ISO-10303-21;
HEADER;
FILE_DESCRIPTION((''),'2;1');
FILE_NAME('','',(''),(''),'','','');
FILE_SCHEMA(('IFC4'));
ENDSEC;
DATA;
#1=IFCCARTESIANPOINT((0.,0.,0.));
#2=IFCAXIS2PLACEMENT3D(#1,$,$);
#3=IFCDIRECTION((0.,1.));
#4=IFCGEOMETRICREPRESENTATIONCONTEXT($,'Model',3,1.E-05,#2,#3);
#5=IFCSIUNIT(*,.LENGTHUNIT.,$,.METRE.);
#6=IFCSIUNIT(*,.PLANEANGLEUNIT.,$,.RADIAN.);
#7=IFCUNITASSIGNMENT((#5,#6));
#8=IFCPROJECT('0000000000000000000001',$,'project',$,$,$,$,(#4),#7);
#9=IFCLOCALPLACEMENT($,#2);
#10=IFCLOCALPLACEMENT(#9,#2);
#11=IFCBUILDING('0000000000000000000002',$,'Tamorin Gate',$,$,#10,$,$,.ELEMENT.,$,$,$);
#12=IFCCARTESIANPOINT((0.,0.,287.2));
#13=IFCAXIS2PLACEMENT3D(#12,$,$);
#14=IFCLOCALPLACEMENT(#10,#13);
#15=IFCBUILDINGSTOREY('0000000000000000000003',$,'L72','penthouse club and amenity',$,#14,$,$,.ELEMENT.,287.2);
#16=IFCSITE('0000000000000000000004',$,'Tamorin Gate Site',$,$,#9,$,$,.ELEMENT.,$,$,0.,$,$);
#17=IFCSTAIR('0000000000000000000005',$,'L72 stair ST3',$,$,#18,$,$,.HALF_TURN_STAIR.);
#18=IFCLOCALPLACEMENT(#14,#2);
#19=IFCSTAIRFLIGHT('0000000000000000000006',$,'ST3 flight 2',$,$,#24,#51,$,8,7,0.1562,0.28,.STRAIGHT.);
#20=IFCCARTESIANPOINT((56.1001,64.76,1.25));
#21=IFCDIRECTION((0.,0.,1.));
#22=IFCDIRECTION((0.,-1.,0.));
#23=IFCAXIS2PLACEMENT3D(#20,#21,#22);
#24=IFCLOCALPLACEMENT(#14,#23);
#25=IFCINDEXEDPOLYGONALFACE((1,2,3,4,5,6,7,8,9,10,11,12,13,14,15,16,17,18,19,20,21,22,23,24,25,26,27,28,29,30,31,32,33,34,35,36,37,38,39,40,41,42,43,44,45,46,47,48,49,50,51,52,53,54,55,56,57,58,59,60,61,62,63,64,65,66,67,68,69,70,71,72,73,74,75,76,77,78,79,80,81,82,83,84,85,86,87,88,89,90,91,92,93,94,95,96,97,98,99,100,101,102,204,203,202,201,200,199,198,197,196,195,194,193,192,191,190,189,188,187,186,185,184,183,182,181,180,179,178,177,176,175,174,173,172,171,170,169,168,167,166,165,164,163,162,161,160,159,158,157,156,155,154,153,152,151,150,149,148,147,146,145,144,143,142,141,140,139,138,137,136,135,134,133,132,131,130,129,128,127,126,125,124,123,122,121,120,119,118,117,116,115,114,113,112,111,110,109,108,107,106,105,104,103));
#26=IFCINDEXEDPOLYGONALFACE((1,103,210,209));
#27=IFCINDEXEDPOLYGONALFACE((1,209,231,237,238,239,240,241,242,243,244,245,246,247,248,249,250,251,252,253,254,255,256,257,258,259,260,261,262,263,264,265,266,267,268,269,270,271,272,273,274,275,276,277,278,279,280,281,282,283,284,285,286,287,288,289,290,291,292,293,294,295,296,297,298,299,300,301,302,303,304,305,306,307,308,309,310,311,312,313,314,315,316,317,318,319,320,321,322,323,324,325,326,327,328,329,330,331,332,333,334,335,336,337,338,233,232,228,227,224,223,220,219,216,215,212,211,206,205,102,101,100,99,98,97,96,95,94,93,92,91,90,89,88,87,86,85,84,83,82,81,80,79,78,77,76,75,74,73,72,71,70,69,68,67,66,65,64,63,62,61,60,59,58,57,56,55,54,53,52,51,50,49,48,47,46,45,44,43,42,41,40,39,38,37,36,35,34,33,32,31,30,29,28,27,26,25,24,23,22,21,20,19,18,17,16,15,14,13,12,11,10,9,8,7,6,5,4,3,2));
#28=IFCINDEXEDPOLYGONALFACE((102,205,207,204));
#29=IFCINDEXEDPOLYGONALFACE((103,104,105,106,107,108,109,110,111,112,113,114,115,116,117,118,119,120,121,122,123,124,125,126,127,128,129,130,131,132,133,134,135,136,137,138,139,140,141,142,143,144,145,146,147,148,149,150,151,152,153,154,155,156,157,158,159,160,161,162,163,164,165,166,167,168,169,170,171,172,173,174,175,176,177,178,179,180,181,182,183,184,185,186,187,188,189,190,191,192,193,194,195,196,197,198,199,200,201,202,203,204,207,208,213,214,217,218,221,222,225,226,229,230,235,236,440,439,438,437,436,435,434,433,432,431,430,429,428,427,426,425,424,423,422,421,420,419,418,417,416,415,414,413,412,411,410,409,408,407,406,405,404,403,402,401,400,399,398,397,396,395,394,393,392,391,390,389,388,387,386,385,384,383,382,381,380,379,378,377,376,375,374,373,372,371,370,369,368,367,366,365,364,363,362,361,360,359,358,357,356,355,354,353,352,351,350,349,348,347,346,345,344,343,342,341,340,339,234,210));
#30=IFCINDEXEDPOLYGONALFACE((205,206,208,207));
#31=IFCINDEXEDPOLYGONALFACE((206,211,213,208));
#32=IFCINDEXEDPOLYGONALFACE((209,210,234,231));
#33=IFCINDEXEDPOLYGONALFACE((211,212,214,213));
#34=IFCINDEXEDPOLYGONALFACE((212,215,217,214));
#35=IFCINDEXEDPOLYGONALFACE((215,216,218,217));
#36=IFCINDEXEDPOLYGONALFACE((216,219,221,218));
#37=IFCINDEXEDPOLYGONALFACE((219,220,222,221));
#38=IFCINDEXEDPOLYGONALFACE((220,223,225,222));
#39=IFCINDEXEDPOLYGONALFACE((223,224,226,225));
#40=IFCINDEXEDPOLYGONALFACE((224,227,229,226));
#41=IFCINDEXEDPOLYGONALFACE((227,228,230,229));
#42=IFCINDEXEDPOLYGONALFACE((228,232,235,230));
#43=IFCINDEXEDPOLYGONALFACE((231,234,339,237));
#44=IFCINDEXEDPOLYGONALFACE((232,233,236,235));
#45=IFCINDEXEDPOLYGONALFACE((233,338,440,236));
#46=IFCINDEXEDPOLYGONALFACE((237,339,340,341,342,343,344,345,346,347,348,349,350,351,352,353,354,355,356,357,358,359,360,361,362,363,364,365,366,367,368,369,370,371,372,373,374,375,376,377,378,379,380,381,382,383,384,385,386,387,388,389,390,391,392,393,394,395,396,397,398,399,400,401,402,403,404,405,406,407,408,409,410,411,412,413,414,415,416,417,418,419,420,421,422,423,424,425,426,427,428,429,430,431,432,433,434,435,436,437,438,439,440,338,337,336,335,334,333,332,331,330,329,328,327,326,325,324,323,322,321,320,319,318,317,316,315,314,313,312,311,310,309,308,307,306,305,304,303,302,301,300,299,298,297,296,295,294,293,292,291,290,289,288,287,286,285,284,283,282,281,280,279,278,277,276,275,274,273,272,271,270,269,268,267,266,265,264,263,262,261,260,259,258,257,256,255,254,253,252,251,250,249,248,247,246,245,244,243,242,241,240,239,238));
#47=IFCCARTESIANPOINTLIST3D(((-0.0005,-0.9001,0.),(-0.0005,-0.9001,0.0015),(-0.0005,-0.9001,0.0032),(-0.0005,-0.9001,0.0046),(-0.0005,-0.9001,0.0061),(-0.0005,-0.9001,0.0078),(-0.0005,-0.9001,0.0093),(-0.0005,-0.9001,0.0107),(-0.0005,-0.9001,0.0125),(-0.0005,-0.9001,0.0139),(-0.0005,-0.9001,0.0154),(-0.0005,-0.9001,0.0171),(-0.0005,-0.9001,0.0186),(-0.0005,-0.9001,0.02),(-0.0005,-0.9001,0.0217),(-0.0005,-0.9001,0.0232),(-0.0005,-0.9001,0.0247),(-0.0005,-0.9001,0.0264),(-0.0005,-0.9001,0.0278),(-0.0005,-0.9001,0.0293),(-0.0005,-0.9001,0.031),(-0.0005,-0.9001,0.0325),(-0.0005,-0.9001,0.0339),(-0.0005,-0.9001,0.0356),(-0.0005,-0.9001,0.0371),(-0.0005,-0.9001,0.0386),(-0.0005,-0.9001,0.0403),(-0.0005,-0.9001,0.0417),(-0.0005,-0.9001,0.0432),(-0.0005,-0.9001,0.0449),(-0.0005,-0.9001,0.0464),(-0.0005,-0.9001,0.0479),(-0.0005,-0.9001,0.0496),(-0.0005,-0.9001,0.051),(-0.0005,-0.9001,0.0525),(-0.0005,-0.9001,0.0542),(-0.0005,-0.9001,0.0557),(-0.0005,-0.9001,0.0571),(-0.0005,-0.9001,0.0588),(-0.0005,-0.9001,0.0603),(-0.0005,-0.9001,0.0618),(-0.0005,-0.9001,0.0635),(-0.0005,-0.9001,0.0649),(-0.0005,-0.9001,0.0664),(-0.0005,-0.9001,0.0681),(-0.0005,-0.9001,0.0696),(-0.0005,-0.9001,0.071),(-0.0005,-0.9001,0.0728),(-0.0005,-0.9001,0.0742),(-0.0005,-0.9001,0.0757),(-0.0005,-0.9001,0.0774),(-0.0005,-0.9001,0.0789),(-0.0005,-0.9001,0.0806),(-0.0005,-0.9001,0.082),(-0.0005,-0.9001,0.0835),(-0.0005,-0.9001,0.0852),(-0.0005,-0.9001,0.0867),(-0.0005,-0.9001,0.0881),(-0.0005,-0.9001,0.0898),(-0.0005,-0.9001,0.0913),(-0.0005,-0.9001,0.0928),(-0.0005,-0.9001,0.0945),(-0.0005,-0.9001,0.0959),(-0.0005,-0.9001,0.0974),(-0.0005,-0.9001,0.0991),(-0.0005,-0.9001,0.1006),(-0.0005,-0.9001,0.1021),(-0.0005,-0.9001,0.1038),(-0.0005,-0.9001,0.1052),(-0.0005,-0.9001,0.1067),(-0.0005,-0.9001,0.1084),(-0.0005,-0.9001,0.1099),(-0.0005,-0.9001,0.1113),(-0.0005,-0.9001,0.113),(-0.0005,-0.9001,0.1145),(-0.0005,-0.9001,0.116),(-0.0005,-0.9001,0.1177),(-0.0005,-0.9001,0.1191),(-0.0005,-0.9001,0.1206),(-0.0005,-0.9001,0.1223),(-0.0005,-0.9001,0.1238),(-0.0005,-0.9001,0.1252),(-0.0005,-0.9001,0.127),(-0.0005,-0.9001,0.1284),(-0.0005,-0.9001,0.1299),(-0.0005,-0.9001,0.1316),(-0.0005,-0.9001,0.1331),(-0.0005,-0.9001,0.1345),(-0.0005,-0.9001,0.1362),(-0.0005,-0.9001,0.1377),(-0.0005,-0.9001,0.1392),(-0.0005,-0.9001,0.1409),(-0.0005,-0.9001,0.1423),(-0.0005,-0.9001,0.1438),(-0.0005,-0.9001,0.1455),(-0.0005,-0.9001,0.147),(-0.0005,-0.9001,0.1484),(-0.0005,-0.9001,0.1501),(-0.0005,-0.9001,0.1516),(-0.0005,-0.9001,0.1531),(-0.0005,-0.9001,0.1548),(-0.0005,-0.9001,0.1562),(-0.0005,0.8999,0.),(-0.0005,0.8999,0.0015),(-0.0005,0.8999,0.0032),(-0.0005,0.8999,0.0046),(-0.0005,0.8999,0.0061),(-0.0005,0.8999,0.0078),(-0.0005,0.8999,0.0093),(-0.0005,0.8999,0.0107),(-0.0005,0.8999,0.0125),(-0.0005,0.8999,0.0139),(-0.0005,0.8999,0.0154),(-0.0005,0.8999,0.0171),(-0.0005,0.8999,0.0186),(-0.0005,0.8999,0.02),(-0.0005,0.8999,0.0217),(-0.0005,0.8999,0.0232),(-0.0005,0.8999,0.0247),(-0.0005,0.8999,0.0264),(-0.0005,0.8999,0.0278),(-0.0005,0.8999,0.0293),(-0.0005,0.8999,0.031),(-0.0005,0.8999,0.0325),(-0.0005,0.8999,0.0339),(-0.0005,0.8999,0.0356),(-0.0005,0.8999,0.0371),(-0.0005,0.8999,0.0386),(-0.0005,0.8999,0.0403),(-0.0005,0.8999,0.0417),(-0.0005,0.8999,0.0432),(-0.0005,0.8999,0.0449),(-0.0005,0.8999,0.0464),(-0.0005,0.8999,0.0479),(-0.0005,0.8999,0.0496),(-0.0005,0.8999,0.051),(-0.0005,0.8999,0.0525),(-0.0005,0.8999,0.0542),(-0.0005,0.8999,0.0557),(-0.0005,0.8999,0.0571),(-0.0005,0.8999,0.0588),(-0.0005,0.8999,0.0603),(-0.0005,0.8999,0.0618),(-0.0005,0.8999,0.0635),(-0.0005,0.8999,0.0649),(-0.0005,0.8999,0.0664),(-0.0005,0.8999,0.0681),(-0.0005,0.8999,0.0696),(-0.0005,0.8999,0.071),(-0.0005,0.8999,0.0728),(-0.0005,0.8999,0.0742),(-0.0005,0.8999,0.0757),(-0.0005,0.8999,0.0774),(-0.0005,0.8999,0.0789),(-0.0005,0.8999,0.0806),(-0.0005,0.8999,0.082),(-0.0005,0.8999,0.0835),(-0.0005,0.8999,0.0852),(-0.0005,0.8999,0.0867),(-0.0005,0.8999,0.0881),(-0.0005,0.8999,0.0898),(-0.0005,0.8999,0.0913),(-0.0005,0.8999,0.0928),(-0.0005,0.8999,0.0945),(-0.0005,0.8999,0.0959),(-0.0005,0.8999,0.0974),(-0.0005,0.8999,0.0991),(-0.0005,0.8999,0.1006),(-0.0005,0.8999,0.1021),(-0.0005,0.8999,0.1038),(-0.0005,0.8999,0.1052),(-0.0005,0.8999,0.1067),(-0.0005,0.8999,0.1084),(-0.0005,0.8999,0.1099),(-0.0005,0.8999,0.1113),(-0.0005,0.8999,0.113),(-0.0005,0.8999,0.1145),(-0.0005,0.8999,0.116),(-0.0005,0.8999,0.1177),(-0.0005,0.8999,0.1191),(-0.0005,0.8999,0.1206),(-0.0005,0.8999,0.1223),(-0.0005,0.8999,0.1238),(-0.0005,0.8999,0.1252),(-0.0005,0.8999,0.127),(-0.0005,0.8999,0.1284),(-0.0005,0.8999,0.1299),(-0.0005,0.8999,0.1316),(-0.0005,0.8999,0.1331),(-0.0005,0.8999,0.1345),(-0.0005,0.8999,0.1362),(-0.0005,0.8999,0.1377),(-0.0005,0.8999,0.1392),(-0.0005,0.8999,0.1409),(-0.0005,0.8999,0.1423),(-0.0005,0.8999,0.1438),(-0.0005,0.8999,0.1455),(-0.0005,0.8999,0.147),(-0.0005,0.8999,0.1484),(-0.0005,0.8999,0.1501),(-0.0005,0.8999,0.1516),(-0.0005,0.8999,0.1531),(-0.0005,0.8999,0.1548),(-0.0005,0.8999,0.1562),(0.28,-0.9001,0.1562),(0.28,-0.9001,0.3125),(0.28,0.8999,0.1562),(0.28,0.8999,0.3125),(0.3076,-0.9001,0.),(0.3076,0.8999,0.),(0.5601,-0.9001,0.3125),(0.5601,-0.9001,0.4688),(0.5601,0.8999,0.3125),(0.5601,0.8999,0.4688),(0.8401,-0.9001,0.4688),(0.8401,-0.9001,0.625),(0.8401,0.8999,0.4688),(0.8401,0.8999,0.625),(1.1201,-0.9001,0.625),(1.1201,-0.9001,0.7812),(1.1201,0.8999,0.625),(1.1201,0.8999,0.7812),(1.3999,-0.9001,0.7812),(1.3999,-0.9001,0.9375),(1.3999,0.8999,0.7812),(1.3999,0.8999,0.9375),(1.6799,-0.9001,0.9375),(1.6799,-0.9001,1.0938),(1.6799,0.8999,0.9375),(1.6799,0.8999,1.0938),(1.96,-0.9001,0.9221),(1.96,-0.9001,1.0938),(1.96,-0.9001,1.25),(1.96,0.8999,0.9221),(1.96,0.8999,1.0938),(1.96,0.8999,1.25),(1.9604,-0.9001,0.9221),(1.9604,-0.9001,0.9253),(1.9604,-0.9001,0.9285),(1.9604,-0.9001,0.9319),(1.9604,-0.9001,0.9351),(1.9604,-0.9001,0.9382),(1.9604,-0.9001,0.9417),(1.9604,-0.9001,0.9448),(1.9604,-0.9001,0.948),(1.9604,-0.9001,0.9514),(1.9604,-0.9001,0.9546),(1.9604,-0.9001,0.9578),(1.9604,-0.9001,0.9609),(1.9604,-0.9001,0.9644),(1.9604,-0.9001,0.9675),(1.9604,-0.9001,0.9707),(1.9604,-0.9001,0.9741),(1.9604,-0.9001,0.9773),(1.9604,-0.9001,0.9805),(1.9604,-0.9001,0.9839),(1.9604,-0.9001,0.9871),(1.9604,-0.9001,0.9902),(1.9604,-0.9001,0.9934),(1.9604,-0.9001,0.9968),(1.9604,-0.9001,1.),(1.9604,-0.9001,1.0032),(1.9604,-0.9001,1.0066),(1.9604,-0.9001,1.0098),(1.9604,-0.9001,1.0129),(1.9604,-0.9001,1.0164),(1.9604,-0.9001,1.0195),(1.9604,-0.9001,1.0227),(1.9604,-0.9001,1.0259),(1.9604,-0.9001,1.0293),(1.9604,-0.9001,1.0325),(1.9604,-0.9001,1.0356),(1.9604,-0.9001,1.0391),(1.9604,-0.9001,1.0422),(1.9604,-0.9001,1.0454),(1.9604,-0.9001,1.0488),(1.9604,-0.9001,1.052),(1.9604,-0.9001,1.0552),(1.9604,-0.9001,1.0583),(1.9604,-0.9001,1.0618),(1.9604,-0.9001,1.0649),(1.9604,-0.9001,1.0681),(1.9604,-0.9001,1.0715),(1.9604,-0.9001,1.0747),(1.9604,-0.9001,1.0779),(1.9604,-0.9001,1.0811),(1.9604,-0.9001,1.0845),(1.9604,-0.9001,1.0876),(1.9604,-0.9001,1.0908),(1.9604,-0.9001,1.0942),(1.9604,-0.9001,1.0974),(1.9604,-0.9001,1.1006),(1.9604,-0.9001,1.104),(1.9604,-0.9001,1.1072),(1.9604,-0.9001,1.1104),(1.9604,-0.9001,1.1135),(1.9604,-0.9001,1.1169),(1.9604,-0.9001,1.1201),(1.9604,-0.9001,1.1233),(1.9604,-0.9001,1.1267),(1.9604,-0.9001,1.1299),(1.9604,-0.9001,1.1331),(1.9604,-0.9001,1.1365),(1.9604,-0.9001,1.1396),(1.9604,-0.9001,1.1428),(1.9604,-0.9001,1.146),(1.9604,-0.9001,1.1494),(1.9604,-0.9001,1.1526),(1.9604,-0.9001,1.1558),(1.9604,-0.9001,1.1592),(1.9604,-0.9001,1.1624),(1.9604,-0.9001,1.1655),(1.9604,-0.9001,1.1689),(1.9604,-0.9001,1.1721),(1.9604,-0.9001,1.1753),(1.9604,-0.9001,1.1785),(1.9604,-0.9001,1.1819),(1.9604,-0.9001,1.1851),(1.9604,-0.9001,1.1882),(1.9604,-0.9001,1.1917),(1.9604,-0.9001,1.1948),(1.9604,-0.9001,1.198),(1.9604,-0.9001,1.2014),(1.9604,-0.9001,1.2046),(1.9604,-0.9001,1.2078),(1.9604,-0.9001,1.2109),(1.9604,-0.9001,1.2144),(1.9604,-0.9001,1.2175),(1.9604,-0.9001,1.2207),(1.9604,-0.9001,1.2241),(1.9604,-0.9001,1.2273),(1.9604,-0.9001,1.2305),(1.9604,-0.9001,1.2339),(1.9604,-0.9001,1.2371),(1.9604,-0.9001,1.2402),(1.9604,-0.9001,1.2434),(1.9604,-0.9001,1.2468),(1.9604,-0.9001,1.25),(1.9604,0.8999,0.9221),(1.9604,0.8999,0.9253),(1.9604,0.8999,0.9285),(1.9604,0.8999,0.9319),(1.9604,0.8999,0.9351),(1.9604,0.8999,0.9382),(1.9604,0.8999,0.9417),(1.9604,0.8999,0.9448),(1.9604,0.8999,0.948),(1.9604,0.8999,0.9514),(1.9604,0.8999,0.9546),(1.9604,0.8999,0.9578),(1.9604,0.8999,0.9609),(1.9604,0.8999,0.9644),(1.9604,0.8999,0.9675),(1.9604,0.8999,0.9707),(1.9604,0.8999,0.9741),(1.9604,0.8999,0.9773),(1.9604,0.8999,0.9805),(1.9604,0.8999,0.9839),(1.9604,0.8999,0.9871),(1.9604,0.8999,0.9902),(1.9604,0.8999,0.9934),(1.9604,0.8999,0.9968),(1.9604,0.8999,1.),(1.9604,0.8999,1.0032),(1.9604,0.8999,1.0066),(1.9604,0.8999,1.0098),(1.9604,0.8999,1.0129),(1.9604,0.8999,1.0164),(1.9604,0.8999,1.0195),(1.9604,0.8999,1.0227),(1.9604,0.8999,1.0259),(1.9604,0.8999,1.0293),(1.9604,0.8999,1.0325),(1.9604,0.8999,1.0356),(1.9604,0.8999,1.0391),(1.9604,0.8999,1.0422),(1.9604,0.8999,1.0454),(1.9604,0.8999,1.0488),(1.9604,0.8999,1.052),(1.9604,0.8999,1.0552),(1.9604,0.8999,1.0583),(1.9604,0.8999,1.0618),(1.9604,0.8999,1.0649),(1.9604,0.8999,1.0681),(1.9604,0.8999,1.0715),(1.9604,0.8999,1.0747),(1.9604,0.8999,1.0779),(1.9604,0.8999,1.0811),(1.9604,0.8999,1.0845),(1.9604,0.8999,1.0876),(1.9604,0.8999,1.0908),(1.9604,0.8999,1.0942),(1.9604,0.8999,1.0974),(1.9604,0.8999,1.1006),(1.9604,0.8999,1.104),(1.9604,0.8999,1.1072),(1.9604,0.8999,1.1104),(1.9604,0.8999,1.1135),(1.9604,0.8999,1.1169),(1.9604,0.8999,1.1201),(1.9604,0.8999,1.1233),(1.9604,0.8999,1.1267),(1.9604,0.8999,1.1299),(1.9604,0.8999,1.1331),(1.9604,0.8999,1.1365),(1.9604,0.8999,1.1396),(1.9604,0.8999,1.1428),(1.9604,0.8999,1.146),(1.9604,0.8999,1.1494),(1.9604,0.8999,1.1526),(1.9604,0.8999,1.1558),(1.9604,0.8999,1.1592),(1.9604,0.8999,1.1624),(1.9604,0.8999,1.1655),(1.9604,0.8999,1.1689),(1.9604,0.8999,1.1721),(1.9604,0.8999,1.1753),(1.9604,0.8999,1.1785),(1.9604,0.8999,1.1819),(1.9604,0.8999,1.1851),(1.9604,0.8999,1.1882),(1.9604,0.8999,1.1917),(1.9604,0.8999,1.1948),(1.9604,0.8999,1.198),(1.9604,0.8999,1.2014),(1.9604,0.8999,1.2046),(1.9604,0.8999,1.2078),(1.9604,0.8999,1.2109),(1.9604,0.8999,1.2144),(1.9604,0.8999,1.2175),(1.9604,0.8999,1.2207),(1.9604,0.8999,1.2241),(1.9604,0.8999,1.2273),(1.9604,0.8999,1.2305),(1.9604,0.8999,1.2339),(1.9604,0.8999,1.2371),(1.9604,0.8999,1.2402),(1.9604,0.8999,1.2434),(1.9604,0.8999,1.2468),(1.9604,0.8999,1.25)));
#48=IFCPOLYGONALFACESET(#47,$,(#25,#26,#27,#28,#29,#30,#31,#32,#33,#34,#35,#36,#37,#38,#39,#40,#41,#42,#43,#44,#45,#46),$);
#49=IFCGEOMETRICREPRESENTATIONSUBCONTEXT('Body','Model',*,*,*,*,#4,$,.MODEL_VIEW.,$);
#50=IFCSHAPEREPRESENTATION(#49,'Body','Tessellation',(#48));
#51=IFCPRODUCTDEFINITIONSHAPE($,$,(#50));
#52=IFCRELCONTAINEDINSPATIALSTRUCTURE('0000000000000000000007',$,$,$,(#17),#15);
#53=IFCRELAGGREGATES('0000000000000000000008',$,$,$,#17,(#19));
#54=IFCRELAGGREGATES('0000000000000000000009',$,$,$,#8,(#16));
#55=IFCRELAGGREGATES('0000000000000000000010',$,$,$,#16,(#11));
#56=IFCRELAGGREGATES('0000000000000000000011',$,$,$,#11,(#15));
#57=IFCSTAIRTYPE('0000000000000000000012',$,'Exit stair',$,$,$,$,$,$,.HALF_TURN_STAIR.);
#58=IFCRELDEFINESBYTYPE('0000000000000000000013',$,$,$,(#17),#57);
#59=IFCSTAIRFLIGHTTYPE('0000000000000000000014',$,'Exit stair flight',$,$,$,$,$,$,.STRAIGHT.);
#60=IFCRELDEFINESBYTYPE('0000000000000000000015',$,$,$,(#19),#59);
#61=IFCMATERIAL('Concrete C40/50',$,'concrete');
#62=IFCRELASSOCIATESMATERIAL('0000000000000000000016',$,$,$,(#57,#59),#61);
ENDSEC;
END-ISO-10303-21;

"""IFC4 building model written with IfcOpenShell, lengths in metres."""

from ifc_helpers import new_model, si_unit, direction, frame, origin, place, context, subcontext, project, spatial, polyline, outline, extrude, material, type_object, element, aggregate, save


model = new_model("IFC4")

# Units and contexts
model_context = context("Model", 3, precision=1e-05, world=origin(), true_north=direction((0.0, 1.0)))
body_context = subcontext(model_context, "Body", "Model", "MODEL_VIEW")
ifc_project = project(units=[si_unit("LENGTHUNIT", "METRE"), si_unit("PLANEANGLEUNIT", "RADIAN")], contexts=[model_context])

# Site, building, storey
site_placement = place(None, origin())
site = spatial("IfcSite", under=ifc_project, at=site_placement, Name="Tamorin Gate Site", CompositionType="ELEMENT", RefElevation=0.0)
building_placement = place(site_placement, origin())
building = spatial("IfcBuilding", under=site, at=building_placement, Name="Tamorin Gate", CompositionType="ELEMENT")
storey_placement = place(building_placement, frame((0.0, 0.0, 287.2)))
storey = spatial("IfcBuildingStorey", under=building, at=storey_placement, Name="L72", Description="penthouse club and amenity", CompositionType="ELEMENT", Elevation=287.2)

# Shared definitions
ifc_material_1 = material(Name="Concrete C40/50", Category="concrete")

# Stair, stair flight
stair_type = type_object("IfcStairType", Name="Exit stair", PredefinedType="HALF_TURN_STAIR", material=ifc_material_1)
stair_placement = place(storey_placement, origin())
stair = element("IfcStair", 1, at=stair_placement, inside=storey, type_object=stair_type, Name="L72 stair ST3", PredefinedType="HALF_TURN_STAIR")
stair_flight_type = type_object("IfcStairFlightType", Name="Exit stair flight", PredefinedType="STRAIGHT", material=ifc_material_1)
stair_flight_1_placement = place(storey_placement, frame((56.1001, 64.76, 1.25), z_axis=(0.0, 0.0, 1.0), x_axis=(0.0, -1.0, 0.0)))
stair_flight_1 = element("IfcStairFlight", 2, at=stair_flight_1_placement, type_object=stair_flight_type, Name="ST3 flight 2", NumberOfRisers=8, NumberOfTreads=7, PredefinedType="STRAIGHT", RiserHeight=0.1562, TreadLength=0.28, context=body_context, shape_type="SweptSolid", body=[
    extrude(outline(polyline([(-0.0005, 0.0), (-0.0005, 0.0015), (-0.0005, 0.0032), (-0.0005, 0.0046), (-0.0005, 0.0061), (-0.0005, 0.0078), (-0.0005, 0.0093), (-0.0005, 0.0107), (-0.0005, 0.0125), (-0.0005, 0.0139), (-0.0005, 0.0154), (-0.0005, 0.0171), (-0.0005, 0.0186), (-0.0005, 0.02), (-0.0005, 0.0217), (-0.0005, 0.0232), (-0.0005, 0.0247), (-0.0005, 0.0264), (-0.0005, 0.0278), (-0.0005, 0.0293), (-0.0005, 0.031), (-0.0005, 0.0325), (-0.0005, 0.0339), (-0.0005, 0.0356), (-0.0005, 0.0371), (-0.0005, 0.0386), (-0.0005, 0.0403), (-0.0005, 0.0417), (-0.0005, 0.0432), (-0.0005, 0.0449), (-0.0005, 0.0464), (-0.0005, 0.0479), (-0.0005, 0.0496), (-0.0005, 0.051), (-0.0005, 0.0525), (-0.0005, 0.0542), (-0.0005, 0.0557), (-0.0005, 0.0571), (-0.0005, 0.0588), (-0.0005, 0.0603), (-0.0005, 0.0618), (-0.0005, 0.0635), (-0.0005, 0.0649), (-0.0005, 0.0664), (-0.0005, 0.0681), (-0.0005, 0.0696), (-0.0005, 0.071), (-0.0005, 0.0728), (-0.0005, 0.0742), (-0.0005, 0.0757), (-0.0005, 0.0774), (-0.0005, 0.0789), (-0.0005, 0.0806), (-0.0005, 0.082), (-0.0005, 0.0835), (-0.0005, 0.0852), (-0.0005, 0.0867), (-0.0005, 0.0881), (-0.0005, 0.0898), (-0.0005, 0.0913), (-0.0005, 0.0928), (-0.0005, 0.0945), (-0.0005, 0.0959), (-0.0005, 0.0974), (-0.0005, 0.0991), (-0.0005, 0.1006), (-0.0005, 0.1021), (-0.0005, 0.1038), (-0.0005, 0.1052), (-0.0005, 0.1067), (-0.0005, 0.1084), (-0.0005, 0.1099), (-0.0005, 0.1113), (-0.0005, 0.113), (-0.0005, 0.1145), (-0.0005, 0.116), (-0.0005, 0.1177), (-0.0005, 0.1191), (-0.0005, 0.1206), (-0.0005, 0.1223), (-0.0005, 0.1238), (-0.0005, 0.1252), (-0.0005, 0.127), (-0.0005, 0.1284), (-0.0005, 0.1299), (-0.0005, 0.1316), (-0.0005, 0.1331), (-0.0005, 0.1345), (-0.0005, 0.1362), (-0.0005, 0.1377), (-0.0005, 0.1392), (-0.0005, 0.1409), (-0.0005, 0.1423), (-0.0005, 0.1438), (-0.0005, 0.1455), (-0.0005, 0.147), (-0.0005, 0.1484), (-0.0005, 0.1501), (-0.0005, 0.1516), (-0.0005, 0.1531), (-0.0005, 0.1548), (-0.0005, 0.1562), (0.28, 0.1562), (0.28, 0.3125), (0.5601, 0.3125), (0.5601, 0.4688), (0.8401, 0.4688), (0.8401, 0.625), (1.1201, 0.625), (1.1201, 0.7812), (1.3999, 0.7812), (1.3999, 0.9375), (1.6799, 0.9375), (1.6799, 1.0938), (1.96, 1.0938), (1.96, 1.25), (1.9604, 1.25), (1.9604, 1.2468), (1.9604, 1.2434), (1.9604, 1.2402), (1.9604, 1.2371), (1.9604, 1.2339), (1.9604, 1.2305), (1.9604, 1.2273), (1.9604, 1.2241), (1.9604, 1.2207), (1.9604, 1.2175), (1.9604, 1.2144), (1.9604, 1.2109), (1.9604, 1.2078), (1.9604, 1.2046), (1.9604, 1.2014), (1.9604, 1.198), (1.9604, 1.1948), (1.9604, 1.1917), (1.9604, 1.1882), (1.9604, 1.1851), (1.9604, 1.1819), (1.9604, 1.1785), (1.9604, 1.1753), (1.9604, 1.1721), (1.9604, 1.1689), (1.9604, 1.1655), (1.9604, 1.1624), (1.9604, 1.1592), (1.9604, 1.1558), (1.9604, 1.1526), (1.9604, 1.1494), (1.9604, 1.146), (1.9604, 1.1428), (1.9604, 1.1396), (1.9604, 1.1365), (1.9604, 1.1331), (1.9604, 1.1299), (1.9604, 1.1267), (1.9604, 1.1233), (1.9604, 1.1201), (1.9604, 1.1169), (1.9604, 1.1135), (1.9604, 1.1104), (1.9604, 1.1072), (1.9604, 1.104), (1.9604, 1.1006), (1.9604, 1.0974), (1.9604, 1.0942), (1.9604, 1.0908), (1.9604, 1.0876), (1.9604, 1.0845), (1.9604, 1.0811), (1.9604, 1.0779), (1.9604, 1.0747), (1.9604, 1.0715), (1.9604, 1.0681), (1.9604, 1.0649), (1.9604, 1.0618), (1.9604, 1.0583), (1.9604, 1.0552), (1.9604, 1.052), (1.9604, 1.0488), (1.9604, 1.0454), (1.9604, 1.0422), (1.9604, 1.0391), (1.9604, 1.0356), (1.9604, 1.0325), (1.9604, 1.0293), (1.9604, 1.0259), (1.9604, 1.0227), (1.9604, 1.0195), (1.9604, 1.0164), (1.9604, 1.0129), (1.9604, 1.0098), (1.9604, 1.0066), (1.9604, 1.0032), (1.9604, 1.0), (1.9604, 0.9968), (1.9604, 0.9934), (1.9604, 0.9902), (1.9604, 0.9871), (1.9604, 0.9839), (1.9604, 0.9805), (1.9604, 0.9773), (1.9604, 0.9741), (1.9604, 0.9707), (1.9604, 0.9675), (1.9604, 0.9644), (1.9604, 0.9609), (1.9604, 0.9578), (1.9604, 0.9546), (1.9604, 0.9514), (1.9604, 0.948), (1.9604, 0.9448), (1.9604, 0.9417), (1.9604, 0.9382), (1.9604, 0.9351), (1.9604, 0.9319), (1.9604, 0.9285), (1.9604, 0.9253), (1.9604, 0.9221), (1.96, 0.9221), (0.3076, 0.0), (-0.0005, 0.0)])), frame((0.0, 0.8999, 0.0), z_axis=(0.0, -1.0, 0.0), x_axis=(1.0, 0.0, 0.0)), (0.0, 0.0, 1.0), 1.8),
])
aggregate(stair, [stair_flight_1])

save(model, "model.ifc")
